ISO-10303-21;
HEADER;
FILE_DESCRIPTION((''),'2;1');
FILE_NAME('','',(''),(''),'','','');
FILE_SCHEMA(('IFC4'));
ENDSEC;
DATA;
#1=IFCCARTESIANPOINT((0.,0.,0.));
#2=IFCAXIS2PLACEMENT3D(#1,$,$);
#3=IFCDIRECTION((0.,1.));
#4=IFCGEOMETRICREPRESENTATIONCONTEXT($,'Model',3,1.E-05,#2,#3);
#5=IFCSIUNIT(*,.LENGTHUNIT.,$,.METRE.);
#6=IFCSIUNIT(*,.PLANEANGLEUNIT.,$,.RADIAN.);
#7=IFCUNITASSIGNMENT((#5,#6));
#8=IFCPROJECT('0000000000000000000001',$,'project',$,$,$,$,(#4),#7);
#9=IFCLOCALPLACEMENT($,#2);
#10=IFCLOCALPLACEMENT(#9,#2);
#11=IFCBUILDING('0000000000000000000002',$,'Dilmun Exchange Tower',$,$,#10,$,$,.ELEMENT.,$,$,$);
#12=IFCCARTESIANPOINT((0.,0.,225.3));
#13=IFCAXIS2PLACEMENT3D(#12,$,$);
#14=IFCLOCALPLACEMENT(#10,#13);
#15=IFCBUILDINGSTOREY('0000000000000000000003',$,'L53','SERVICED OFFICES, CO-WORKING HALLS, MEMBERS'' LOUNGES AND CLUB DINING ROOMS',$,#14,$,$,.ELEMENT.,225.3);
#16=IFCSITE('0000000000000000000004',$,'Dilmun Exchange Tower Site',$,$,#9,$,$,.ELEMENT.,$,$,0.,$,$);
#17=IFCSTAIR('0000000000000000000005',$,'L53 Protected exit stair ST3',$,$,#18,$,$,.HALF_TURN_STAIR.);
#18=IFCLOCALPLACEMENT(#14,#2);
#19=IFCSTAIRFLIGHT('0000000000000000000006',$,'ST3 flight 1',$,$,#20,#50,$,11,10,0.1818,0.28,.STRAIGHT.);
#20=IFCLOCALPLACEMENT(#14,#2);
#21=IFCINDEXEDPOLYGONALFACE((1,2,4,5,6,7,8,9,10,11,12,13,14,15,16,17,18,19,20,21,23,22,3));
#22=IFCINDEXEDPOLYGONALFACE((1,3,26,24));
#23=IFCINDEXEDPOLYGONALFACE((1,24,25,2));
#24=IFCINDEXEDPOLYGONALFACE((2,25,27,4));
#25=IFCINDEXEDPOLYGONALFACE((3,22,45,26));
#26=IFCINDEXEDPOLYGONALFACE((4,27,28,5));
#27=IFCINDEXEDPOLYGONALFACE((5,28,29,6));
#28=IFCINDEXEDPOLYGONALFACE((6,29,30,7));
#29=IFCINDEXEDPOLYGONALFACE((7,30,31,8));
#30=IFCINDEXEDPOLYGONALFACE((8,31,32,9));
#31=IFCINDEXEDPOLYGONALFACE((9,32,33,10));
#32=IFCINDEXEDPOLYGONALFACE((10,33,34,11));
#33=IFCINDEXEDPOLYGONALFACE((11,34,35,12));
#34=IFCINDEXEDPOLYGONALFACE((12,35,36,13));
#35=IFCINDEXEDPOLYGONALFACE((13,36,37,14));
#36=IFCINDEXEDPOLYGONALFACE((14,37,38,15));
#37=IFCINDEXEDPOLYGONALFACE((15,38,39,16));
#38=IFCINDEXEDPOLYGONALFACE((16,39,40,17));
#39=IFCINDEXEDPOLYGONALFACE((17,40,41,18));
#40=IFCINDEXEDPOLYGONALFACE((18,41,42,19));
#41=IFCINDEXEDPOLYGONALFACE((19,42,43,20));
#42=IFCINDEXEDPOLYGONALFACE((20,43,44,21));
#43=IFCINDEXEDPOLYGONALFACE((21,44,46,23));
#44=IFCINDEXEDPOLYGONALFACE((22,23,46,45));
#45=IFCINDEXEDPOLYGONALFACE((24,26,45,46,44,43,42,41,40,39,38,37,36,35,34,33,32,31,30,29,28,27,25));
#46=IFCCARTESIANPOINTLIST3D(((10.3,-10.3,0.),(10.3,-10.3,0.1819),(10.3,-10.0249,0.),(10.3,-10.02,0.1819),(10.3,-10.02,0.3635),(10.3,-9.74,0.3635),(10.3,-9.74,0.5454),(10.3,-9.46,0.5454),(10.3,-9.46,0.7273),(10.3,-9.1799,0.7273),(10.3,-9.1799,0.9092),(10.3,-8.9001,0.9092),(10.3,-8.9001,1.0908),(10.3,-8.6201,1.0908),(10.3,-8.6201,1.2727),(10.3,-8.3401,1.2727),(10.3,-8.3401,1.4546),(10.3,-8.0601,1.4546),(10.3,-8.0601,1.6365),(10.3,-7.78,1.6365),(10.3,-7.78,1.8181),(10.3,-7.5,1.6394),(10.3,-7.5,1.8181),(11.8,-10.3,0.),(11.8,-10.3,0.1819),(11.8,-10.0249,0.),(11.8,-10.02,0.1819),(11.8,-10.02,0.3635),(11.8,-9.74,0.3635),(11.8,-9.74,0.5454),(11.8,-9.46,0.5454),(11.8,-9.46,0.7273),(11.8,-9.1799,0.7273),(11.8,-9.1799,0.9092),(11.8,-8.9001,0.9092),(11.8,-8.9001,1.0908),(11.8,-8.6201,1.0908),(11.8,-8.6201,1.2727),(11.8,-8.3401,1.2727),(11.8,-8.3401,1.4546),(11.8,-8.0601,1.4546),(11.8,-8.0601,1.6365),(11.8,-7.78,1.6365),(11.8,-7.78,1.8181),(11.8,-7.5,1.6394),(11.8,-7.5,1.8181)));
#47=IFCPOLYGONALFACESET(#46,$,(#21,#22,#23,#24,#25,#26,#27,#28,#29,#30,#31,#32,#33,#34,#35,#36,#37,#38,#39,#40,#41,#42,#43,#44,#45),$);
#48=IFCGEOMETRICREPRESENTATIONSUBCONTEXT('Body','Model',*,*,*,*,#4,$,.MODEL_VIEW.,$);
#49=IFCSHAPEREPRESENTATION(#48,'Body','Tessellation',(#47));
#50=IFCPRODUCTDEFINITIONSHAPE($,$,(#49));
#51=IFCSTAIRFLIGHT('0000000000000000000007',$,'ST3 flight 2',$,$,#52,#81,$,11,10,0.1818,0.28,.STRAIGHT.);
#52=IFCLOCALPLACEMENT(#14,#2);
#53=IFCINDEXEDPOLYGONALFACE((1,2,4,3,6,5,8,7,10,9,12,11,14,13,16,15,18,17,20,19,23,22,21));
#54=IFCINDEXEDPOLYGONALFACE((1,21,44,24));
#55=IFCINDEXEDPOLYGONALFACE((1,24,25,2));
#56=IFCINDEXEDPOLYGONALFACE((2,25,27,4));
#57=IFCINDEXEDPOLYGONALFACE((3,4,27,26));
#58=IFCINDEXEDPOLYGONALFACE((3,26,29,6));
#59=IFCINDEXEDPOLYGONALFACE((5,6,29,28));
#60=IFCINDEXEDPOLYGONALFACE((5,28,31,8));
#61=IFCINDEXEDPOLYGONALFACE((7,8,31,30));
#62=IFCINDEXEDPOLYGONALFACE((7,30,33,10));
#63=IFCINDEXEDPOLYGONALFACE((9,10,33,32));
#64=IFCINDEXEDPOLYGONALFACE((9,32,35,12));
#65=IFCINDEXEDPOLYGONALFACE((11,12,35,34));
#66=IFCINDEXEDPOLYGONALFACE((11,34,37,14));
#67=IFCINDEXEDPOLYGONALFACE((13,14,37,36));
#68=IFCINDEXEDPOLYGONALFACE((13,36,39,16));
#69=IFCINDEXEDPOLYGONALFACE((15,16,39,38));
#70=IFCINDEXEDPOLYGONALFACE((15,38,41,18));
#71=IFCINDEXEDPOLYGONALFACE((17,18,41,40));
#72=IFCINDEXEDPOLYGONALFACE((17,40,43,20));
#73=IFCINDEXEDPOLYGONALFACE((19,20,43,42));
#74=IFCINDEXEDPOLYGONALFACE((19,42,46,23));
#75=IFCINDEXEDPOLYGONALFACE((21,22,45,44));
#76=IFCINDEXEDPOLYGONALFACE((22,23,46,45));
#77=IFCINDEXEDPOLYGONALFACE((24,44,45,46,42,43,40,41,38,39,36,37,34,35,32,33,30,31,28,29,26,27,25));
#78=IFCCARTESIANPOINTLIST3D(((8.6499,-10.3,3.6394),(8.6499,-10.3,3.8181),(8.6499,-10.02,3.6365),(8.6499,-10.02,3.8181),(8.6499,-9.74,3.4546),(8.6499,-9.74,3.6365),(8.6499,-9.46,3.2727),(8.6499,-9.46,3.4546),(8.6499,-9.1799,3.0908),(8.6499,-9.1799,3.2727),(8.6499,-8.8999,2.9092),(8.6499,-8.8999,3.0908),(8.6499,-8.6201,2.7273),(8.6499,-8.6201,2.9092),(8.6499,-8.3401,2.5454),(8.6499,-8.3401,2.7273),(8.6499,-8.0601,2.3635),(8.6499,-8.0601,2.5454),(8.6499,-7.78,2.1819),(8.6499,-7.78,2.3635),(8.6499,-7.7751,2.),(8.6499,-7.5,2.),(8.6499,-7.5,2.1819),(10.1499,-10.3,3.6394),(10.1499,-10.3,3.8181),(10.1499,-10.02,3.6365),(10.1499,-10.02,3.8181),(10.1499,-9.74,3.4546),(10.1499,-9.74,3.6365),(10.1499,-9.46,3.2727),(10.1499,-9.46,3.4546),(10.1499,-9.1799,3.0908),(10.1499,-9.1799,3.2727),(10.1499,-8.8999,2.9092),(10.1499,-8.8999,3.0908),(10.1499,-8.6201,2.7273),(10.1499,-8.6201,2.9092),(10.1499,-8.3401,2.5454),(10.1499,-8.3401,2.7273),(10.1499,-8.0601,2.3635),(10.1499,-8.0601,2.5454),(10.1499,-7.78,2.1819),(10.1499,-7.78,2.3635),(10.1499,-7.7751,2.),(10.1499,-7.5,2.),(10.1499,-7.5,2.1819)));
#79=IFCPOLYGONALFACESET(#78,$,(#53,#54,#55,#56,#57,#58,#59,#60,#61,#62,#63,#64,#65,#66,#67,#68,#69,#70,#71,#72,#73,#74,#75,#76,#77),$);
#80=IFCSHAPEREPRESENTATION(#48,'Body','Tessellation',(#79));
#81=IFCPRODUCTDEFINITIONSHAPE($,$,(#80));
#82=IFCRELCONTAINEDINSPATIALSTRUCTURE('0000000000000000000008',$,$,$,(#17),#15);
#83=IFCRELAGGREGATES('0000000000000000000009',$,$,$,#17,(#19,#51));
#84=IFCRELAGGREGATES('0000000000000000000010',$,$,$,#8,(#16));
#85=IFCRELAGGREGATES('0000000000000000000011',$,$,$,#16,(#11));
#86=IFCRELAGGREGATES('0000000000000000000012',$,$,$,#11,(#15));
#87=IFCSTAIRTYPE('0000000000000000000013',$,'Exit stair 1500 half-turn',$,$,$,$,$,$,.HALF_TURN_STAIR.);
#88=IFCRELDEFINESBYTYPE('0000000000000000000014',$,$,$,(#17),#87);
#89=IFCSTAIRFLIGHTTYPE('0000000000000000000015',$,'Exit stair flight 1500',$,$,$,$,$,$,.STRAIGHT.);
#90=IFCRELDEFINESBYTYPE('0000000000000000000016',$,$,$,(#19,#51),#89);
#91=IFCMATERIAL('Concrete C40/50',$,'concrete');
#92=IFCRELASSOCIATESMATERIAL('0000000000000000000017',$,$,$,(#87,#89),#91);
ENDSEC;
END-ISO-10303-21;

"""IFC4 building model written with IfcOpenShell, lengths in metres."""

from ifc_helpers import new_model, si_unit, direction, frame, origin, place, context, subcontext, project, spatial, polyline, outline, extrude, material, type_object, element, aggregate, save


model = new_model("IFC4")

# Units and contexts
model_context = context("Model", 3, precision=1e-05, world=origin(), true_north=direction((0.0, 1.0)))
body_context = subcontext(model_context, "Body", "Model", "MODEL_VIEW")
ifc_project = project(units=[si_unit("LENGTHUNIT", "METRE"), si_unit("PLANEANGLEUNIT", "RADIAN")], contexts=[model_context])

# Site, building, storey
site_placement = place(None, origin())
site = spatial("IfcSite", under=ifc_project, at=site_placement, Name="Dilmun Exchange Tower Site", CompositionType="ELEMENT", RefElevation=0.0)
building_placement = place(site_placement, origin())
building = spatial("IfcBuilding", under=site, at=building_placement, Name="Dilmun Exchange Tower", CompositionType="ELEMENT")
storey_placement = place(building_placement, frame((0.0, 0.0, 225.3)))
storey = spatial("IfcBuildingStorey", under=building, at=storey_placement, Name="L53", Description="SERVICED OFFICES, CO-WORKING HALLS, MEMBERS' LOUNGES AND CLUB DINING ROOMS", CompositionType="ELEMENT", Elevation=225.3)

# Shared definitions
ifc_material_1 = material(Name="Concrete C40/50", Category="concrete")

# Stair, stair flights
stair_type = type_object("IfcStairType", Name="Exit stair 1500 half-turn", PredefinedType="HALF_TURN_STAIR", material=ifc_material_1)
stair_placement = place(storey_placement, origin())
stair = element("IfcStair", 1, at=stair_placement, inside=storey, type_object=stair_type, Name="L53 Protected exit stair ST3", PredefinedType="HALF_TURN_STAIR")
stair_flight_type = type_object("IfcStairFlightType", Name="Exit stair flight 1500", PredefinedType="STRAIGHT", material=ifc_material_1)
stair_flight_1_placement = place(storey_placement, frame((11.05, -10.3, 0.0), z_axis=(0.0, 0.0, 1.0), x_axis=(0.0, 1.0, 0.0)))
stair_flight_1 = element("IfcStairFlight", 2, at=stair_flight_1_placement, type_object=stair_flight_type, Name="ST3 flight 1", NumberOfRisers=11, NumberOfTreads=10, PredefinedType="STRAIGHT", RiserHeight=0.1818, TreadLength=0.28, context=body_context, shape_type="SweptSolid", body=[
    extrude(outline(polyline([(0.0, 0.0), (0.0, 0.1819), (0.28, 0.1819), (0.28, 0.3635), (0.5601, 0.3635), (0.5601, 0.5454), (0.8401, 0.5454), (0.8401, 0.7273), (1.1201, 0.7273), (1.1201, 0.9092), (1.3999, 0.9092), (1.3999, 1.0908), (1.6799, 1.0908), (1.6799, 1.2727), (1.96, 1.2727), (1.96, 1.4546), (2.24, 1.4546), (2.24, 1.6365), (2.52, 1.6365), (2.52, 1.8181), (2.8, 1.8181), (2.8, 2.0), (2.8, 1.6394), (0.2751, 0.0), (0.0, 0.0)])), frame((0.0, 0.75, 0.0), z_axis=(0.0, -1.0, 0.0), x_axis=(1.0, 0.0, 0.0)), (0.0, 0.0, 1.0), 1.5),
])
stair_flight_2_placement = place(storey_placement, frame((9.3999, -7.5, 2.0), z_axis=(0.0, 0.0, 1.0), x_axis=(0.0, -1.0, 0.0)))
stair_flight_2 = element("IfcStairFlight", 3, at=stair_flight_2_placement, type_object=stair_flight_type, Name="ST3 flight 2", NumberOfRisers=11, NumberOfTreads=10, PredefinedType="STRAIGHT", RiserHeight=0.1818, TreadLength=0.28, context=body_context, shape_type="SweptSolid", body=[
    extrude(outline(polyline([(0.0, 0.0), (0.0, 0.1819), (0.28, 0.1819), (0.28, 0.3635), (0.5601, 0.3635), (0.5601, 0.5454), (0.8401, 0.5454), (0.8401, 0.7273), (1.1201, 0.7273), (1.1201, 0.9092), (1.3999, 0.9092), (1.3999, 1.0908), (1.6799, 1.0908), (1.6799, 1.2727), (1.96, 1.2727), (1.96, 1.4546), (2.24, 1.4546), (2.24, 1.6365), (2.52, 1.6365), (2.52, 1.8181), (2.8, 1.8181), (2.8, 2.0), (2.8, 1.6394), (0.2751, 0.0), (0.0, 0.0)])), frame((0.0, 0.75, 0.0), z_axis=(0.0, -1.0, 0.0), x_axis=(1.0, 0.0, 0.0)), (0.0, 0.0, 1.0), 1.5),
])
aggregate(stair, [stair_flight_1, stair_flight_2])

save(model, "model.ifc")
